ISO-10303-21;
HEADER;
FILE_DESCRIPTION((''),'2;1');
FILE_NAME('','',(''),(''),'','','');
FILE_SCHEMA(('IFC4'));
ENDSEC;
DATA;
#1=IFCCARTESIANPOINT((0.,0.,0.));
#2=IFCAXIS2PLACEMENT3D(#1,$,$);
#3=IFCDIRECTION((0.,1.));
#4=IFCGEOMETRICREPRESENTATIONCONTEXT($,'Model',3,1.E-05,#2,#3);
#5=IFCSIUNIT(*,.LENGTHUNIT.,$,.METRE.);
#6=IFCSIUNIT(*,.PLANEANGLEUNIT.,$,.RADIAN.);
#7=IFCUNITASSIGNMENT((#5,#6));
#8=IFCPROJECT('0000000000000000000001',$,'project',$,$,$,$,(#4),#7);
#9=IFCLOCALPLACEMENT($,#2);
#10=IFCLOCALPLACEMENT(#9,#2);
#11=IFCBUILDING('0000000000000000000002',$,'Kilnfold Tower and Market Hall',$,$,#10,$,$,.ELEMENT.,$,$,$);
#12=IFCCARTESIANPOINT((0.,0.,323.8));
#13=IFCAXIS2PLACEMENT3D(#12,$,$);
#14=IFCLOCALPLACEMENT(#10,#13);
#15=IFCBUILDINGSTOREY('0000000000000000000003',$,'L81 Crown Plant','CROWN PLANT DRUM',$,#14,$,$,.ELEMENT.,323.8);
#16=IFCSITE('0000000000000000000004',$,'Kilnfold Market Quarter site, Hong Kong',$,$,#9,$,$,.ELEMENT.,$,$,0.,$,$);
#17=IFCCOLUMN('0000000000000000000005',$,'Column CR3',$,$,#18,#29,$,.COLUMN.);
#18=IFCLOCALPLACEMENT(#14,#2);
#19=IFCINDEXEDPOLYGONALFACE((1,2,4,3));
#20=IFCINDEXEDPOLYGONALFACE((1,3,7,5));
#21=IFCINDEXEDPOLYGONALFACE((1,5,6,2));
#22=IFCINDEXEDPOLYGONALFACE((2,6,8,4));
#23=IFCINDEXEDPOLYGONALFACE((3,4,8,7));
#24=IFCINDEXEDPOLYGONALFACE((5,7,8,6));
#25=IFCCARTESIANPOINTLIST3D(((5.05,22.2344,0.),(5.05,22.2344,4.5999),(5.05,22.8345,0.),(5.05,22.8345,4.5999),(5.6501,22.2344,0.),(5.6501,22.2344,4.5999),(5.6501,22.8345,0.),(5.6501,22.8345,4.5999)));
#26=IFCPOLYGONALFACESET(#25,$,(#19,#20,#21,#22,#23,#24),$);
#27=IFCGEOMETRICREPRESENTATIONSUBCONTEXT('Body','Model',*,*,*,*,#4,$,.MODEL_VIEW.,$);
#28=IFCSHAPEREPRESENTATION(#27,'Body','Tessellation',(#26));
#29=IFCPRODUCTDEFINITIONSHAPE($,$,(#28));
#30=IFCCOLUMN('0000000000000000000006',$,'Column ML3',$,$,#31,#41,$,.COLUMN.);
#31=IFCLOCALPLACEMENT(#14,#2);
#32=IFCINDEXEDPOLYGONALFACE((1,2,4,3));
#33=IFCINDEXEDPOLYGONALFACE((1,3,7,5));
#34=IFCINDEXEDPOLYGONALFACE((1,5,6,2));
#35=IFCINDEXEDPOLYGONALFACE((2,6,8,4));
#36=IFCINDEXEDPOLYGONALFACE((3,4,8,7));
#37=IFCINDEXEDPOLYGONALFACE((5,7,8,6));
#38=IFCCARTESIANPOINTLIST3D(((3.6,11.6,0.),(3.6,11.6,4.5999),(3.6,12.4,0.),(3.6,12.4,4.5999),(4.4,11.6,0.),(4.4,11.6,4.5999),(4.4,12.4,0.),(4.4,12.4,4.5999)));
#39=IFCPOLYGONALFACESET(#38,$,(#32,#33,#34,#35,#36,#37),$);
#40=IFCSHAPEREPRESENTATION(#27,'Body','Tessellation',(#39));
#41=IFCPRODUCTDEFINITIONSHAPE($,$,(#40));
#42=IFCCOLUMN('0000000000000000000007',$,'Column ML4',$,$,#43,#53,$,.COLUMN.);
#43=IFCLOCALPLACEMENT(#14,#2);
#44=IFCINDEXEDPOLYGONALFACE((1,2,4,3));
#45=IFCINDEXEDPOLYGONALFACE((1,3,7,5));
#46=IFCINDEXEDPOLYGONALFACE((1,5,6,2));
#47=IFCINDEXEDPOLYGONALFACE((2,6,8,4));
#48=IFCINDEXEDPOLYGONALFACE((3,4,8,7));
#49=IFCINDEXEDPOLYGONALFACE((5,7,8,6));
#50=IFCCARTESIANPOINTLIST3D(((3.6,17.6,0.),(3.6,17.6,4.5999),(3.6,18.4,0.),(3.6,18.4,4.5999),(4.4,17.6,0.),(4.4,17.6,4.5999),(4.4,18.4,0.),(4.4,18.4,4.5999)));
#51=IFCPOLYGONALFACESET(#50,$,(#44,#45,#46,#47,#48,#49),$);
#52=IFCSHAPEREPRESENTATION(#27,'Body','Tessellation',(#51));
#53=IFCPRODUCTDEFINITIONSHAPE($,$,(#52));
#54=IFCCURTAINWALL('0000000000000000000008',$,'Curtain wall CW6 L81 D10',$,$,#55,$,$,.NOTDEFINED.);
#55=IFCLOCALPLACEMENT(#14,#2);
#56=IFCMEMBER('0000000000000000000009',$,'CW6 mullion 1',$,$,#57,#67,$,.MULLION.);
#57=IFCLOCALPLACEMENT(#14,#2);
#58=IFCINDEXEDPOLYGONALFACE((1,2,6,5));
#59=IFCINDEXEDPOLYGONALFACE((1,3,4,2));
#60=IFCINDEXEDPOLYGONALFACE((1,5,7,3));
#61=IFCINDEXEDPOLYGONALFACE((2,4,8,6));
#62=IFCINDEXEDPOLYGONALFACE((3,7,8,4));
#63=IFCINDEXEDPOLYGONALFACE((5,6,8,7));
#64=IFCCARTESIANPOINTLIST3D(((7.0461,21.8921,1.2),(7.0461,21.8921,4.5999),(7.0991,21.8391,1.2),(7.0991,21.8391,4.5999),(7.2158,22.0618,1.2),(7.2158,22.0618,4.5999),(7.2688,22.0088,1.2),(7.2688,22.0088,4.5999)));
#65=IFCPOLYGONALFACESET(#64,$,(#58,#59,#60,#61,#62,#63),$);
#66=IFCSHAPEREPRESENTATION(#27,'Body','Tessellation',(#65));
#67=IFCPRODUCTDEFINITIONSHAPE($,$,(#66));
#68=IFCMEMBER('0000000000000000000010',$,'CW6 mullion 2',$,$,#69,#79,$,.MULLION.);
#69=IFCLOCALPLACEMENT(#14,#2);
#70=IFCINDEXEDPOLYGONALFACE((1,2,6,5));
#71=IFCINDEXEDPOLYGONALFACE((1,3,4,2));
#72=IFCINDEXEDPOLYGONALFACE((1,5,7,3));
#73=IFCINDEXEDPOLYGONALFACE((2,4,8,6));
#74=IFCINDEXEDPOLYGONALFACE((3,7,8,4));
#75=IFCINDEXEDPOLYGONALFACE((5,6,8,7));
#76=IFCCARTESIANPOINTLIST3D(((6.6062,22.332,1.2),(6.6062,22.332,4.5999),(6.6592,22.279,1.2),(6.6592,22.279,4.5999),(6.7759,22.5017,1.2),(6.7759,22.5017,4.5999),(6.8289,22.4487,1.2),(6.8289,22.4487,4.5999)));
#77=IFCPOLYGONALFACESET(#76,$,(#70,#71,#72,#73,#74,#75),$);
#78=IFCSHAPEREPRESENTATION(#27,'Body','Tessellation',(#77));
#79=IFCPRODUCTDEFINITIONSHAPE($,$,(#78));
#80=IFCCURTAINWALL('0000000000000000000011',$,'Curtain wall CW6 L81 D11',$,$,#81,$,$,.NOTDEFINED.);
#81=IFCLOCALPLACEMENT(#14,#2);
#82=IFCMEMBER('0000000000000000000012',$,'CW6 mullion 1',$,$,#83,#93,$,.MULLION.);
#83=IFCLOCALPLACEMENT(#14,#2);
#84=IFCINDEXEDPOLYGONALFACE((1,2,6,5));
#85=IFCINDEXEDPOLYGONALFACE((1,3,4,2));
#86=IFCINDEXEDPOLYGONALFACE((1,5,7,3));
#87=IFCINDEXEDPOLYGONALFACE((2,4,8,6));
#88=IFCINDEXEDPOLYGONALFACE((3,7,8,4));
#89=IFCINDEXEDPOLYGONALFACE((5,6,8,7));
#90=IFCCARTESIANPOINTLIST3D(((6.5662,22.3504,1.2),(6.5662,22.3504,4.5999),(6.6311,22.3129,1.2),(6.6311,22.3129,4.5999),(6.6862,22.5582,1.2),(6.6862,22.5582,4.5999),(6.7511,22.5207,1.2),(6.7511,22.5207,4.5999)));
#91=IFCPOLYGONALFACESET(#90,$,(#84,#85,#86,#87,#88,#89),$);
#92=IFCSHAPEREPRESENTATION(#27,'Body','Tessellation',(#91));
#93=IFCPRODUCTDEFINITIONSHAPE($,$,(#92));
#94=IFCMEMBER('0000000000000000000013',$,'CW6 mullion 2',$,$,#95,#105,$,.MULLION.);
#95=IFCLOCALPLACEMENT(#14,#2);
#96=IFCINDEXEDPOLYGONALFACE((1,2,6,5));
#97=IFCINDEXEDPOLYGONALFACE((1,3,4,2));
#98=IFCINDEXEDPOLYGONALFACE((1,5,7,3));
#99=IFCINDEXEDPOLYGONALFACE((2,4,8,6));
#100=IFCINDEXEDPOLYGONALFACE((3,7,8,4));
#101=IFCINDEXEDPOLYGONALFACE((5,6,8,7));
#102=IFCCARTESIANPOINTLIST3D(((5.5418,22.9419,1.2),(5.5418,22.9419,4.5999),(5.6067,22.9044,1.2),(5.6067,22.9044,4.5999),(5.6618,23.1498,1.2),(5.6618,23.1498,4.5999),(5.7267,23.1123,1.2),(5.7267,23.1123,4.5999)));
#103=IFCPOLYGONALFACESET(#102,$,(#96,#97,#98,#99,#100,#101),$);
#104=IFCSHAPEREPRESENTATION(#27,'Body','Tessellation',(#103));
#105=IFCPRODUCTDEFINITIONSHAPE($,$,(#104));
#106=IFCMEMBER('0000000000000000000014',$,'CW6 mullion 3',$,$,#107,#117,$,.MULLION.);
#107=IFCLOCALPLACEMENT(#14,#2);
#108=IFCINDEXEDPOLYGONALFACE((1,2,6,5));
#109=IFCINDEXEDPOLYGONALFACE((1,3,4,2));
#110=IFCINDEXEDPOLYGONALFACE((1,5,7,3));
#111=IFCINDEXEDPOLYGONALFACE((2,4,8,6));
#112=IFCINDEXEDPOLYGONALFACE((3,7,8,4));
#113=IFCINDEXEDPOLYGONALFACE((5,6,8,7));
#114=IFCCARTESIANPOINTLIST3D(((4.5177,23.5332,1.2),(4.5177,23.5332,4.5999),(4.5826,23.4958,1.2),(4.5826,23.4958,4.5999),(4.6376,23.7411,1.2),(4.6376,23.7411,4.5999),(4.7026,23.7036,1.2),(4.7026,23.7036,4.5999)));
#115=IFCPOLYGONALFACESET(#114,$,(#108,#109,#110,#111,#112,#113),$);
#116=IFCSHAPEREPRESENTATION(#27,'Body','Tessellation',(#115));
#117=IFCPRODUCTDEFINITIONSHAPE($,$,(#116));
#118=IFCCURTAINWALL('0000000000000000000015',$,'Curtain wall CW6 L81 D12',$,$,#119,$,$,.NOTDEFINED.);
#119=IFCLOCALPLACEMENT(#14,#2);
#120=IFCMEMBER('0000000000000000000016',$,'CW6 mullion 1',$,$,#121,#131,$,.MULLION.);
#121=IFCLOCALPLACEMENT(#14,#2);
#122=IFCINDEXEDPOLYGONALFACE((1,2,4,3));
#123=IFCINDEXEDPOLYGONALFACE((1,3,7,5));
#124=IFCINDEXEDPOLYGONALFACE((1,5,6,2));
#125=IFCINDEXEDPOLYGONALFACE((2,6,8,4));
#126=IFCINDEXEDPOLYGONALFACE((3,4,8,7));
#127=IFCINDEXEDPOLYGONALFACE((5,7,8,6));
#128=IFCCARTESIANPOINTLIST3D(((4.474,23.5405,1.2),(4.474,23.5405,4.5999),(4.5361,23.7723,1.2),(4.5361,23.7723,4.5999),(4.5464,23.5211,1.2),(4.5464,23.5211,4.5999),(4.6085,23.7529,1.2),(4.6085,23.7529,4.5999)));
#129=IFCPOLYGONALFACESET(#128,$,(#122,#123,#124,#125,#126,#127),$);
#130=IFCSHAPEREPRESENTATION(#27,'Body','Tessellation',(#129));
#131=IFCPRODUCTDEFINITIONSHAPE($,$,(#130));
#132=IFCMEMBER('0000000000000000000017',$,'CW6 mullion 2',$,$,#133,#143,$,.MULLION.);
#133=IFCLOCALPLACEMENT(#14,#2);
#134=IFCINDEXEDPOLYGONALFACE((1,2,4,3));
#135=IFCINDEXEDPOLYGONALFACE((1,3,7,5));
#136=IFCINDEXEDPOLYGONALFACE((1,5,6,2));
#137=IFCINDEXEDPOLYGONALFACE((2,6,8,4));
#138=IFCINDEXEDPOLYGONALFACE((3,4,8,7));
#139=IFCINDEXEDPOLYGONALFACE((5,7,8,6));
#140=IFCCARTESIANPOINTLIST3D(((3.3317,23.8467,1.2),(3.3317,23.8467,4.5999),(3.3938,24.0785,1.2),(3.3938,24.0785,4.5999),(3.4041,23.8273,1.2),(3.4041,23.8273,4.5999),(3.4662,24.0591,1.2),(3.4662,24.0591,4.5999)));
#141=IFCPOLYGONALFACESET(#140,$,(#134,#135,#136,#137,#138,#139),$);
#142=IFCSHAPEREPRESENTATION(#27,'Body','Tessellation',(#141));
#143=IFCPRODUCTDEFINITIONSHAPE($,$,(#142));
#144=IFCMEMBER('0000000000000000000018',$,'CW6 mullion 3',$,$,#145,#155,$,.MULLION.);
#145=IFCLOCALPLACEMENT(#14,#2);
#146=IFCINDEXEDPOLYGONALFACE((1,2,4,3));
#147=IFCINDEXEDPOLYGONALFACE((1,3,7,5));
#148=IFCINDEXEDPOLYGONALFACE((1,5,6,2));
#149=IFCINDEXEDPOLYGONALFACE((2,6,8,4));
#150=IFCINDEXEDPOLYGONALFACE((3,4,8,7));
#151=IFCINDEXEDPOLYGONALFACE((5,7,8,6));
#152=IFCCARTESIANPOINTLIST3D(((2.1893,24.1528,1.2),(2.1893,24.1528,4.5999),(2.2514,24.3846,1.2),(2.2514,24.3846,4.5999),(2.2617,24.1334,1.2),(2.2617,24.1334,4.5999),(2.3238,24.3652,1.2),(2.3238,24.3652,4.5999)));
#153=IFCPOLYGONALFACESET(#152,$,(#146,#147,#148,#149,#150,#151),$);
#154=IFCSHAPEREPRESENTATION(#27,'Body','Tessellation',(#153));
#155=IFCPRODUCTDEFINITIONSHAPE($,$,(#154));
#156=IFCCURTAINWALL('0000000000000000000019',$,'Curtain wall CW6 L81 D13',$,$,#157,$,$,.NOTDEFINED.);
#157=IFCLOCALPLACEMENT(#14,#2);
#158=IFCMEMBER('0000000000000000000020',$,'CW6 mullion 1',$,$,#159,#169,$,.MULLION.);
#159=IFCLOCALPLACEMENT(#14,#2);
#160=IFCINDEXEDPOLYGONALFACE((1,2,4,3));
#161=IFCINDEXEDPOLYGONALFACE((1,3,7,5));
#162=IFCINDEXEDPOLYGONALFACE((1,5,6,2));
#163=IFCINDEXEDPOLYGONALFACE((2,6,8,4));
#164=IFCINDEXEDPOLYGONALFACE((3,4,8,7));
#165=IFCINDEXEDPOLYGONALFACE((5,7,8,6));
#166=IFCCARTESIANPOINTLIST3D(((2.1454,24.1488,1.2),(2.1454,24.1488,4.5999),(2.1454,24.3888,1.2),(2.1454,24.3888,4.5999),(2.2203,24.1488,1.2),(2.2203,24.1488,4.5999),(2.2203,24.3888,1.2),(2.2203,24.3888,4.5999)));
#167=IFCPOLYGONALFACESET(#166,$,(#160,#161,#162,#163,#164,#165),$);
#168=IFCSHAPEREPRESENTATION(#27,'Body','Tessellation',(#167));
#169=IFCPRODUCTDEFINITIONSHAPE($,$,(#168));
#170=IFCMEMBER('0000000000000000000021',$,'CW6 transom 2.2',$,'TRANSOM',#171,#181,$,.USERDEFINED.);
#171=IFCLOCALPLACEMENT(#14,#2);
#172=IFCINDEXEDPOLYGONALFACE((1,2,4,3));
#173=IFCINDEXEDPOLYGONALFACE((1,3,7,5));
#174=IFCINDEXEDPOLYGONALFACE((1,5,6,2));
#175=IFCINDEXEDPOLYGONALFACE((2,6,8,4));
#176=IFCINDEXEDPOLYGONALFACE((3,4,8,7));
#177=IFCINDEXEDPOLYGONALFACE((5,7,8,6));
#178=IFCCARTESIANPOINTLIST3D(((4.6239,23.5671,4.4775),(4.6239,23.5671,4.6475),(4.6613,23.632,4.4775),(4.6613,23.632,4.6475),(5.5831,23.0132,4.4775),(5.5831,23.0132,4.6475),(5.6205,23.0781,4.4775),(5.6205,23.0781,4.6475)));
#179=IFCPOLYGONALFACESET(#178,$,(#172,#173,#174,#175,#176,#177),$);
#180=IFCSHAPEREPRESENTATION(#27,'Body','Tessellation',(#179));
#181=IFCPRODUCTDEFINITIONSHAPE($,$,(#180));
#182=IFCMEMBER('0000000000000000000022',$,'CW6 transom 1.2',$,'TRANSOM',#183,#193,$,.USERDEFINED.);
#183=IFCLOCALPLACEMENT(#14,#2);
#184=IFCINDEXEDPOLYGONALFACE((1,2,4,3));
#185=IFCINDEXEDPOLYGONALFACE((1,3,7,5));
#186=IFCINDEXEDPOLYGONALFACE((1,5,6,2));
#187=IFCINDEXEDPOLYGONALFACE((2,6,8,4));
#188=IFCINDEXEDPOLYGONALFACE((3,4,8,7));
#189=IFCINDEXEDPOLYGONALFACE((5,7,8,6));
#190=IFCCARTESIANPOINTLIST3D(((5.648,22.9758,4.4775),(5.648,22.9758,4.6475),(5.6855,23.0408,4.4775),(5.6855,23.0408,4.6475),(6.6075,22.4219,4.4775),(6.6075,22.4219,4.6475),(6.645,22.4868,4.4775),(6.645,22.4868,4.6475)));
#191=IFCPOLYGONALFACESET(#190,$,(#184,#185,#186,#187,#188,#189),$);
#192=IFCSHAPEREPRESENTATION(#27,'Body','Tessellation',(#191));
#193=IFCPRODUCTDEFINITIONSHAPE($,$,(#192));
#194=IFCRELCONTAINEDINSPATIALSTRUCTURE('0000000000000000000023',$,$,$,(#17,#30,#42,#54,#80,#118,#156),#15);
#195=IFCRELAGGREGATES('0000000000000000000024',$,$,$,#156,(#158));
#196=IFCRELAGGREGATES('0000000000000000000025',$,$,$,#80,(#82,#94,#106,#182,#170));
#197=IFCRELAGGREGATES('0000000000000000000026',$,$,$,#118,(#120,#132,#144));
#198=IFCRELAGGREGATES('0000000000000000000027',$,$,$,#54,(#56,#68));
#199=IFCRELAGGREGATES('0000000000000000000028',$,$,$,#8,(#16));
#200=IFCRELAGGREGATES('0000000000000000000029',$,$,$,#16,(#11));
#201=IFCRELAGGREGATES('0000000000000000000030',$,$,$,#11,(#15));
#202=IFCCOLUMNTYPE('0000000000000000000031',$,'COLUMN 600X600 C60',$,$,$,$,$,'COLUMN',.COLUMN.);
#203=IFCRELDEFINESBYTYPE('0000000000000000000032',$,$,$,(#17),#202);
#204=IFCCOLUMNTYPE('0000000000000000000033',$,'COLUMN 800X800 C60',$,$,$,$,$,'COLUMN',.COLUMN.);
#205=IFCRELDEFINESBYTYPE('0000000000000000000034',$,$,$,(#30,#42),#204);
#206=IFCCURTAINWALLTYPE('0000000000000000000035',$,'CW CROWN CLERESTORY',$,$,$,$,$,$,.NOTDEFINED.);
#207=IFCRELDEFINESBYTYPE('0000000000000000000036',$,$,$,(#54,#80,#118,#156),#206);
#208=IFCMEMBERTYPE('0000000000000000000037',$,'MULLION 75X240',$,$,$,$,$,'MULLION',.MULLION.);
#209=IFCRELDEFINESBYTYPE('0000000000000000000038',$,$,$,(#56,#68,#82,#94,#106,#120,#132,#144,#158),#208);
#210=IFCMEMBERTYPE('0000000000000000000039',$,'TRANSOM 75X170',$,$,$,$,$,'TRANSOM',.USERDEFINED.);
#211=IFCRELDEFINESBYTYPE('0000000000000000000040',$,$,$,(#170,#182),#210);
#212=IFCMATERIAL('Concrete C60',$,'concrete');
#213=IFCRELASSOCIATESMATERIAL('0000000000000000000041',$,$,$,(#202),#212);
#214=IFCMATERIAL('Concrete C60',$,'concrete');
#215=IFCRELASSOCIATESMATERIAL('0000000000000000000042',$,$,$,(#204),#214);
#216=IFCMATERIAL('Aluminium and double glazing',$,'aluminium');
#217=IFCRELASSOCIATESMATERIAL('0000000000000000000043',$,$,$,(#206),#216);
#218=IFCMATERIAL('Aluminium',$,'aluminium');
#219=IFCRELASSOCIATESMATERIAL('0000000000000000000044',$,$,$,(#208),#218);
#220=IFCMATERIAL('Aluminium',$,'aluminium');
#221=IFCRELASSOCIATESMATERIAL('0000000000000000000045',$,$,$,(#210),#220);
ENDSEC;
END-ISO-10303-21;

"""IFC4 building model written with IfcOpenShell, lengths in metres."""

from ifc_helpers import new_model, si_unit, direction, frame, origin, origin_2d, place, context, subcontext, project, spatial, rectangle, extrude, source, transform, mapped, material, material_profile, profile_set, type_object, element, aggregate, save


model = new_model("IFC4")

# Units and contexts
model_context = context("Model", 3, precision=1e-05, world=origin(), true_north=direction((0.0, 1.0)))
body_context = subcontext(model_context, "Body", "Model", "MODEL_VIEW")
ifc_project = project(units=[si_unit("LENGTHUNIT", "METRE"), si_unit("PLANEANGLEUNIT", "RADIAN")], contexts=[model_context])

# Site, building, storey
site_placement = place(None, origin())
site = spatial("IfcSite", under=ifc_project, at=site_placement, Name="Kilnfold Market Quarter site, Hong Kong", CompositionType="ELEMENT", RefElevation=0.0)
building_placement = place(site_placement, origin())
building = spatial("IfcBuilding", under=site, at=building_placement, Name="Kilnfold Tower and Market Hall", CompositionType="ELEMENT")
storey_placement = place(building_placement, frame((0.0, 0.0, 323.8)))
storey = spatial("IfcBuildingStorey", under=building, at=storey_placement, Name="L81 Crown Plant", Description="CROWN PLANT DRUM", CompositionType="ELEMENT", Elevation=323.8)

# Columns
ifc_material_1 = material(Name="Concrete C60", Category="concrete")
ifc_material_profile_1 = material_profile(ifc_material_1, rectangle(XDim=0.6001, YDim=0.6001, at=origin_2d()), Name="RC 600x600")
ifc_profile_set_1 = profile_set([ifc_material_profile_1], Name="Concrete C60")
column_type_1 = type_object("IfcColumnType", Name="COLUMN 600X600 C60", ElementType="COLUMN", PredefinedType="COLUMN", material=ifc_profile_set_1)
shared_shape_1 = source(origin(), body_context, "Body", "SweptSolid", [
    extrude(rectangle(XDim=0.6001, YDim=0.6001, at=origin_2d()), origin(), (0.0, 0.0, 1.0), 4.5999),
])
column_placement = place(storey_placement, frame((5.3501, 22.5344, 0.0), z_axis=(0.0, 0.0, 1.0), x_axis=(1.0, 0.0, 0.0)))
element("IfcColumn", 1, at=column_placement, inside=storey, type_object=column_type_1, Name="Column CR3", PredefinedType="COLUMN", context=body_context, shape_type="MappedRepresentation", body=[
    mapped(shared_shape_1, transform((0.0, 0.0, 0.0))),
])
ifc_material_2 = material(Name="Concrete C60", Category="concrete")
ifc_material_profile_2 = material_profile(ifc_material_2, rectangle(XDim=0.8, YDim=0.8, at=origin_2d()), Name="RC 800x800")
ifc_profile_set_2 = profile_set([ifc_material_profile_2], Name="Concrete C60")
column_type_2 = type_object("IfcColumnType", Name="COLUMN 800X800 C60", ElementType="COLUMN", PredefinedType="COLUMN", material=ifc_profile_set_2)
shared_shape_2 = source(origin(), body_context, "Body", "SweptSolid", [
    extrude(rectangle(XDim=0.8, YDim=0.8, at=origin_2d()), origin(), (0.0, 0.0, 1.0), 4.5999),
])
for number, where, z_axis, x_axis, name in (
    (2, (4.0, 12.0, 0.0), (0.0, 0.0, 1.0), (1.0, 0.0, 0.0), "Column ML3"),
    (3, (4.0, 18.0, 0.0), (0.0, 0.0, 1.0), (1.0, 0.0, 0.0), "Column ML4"),
):
    element("IfcColumn", number, at=place(storey_placement, frame(where, z_axis=z_axis, x_axis=x_axis)), inside=storey, type_object=column_type_2, Name=name, PredefinedType="COLUMN", context=body_context, shape_type="MappedRepresentation", body=[
        mapped(shared_shape_2, transform((0.0, 0.0, 0.0))),
    ])

# Curtain walls, members
ifc_material_3 = material(Name="Aluminium and double glazing", Category="aluminium")
curtain_wall_type = type_object("IfcCurtainWallType", Name="CW CROWN CLERESTORY", PredefinedType="NOTDEFINED", material=ifc_material_3)
curtain_wall_1_placement = place(storey_placement, origin())
curtain_wall_1 = element("IfcCurtainWall", 4, at=curtain_wall_1_placement, inside=storey, type_object=curtain_wall_type, Name="Curtain wall CW6 L81 D10", PredefinedType="NOTDEFINED")
ifc_material_4 = material(Name="Aluminium", Category="aluminium")
ifc_material_profile_3 = material_profile(ifc_material_4, rectangle(XDim=0.075, YDim=0.24, at=origin_2d()), Name="MULLION 75x240")
ifc_profile_set_3 = profile_set([ifc_material_profile_3], Name="Aluminium")
member_type_1 = type_object("IfcMemberType", Name="MULLION 75X240", ElementType="MULLION", PredefinedType="MULLION", material=ifc_profile_set_3)
shared_shape_3 = source(origin(), body_context, "Body", "SweptSolid", [
    extrude(rectangle(XDim=0.075, YDim=0.24, at=origin_2d()), origin(), (0.0, 0.0, 1.0), 3.3999),
])
member_1_placement = place(storey_placement, frame((7.1575, 21.9504, 1.2), z_axis=(0.0, 0.0, 1.0), x_axis=(-0.707035, 0.707178, 0.0)))
member_1 = element("IfcMember", 5, at=member_1_placement, type_object=member_type_1, Name="CW6 mullion 1", PredefinedType="MULLION", context=body_context, shape_type="MappedRepresentation", body=[
    mapped(shared_shape_3, transform((0.0, 0.0, 0.0))),
])
member_2_placement = place(storey_placement, frame((6.7175, 22.3904, 1.2), z_axis=(0.0, 0.0, 1.0), x_axis=(-0.707035, 0.707178, 0.0)))
member_2 = element("IfcMember", 6, at=member_2_placement, type_object=member_type_1, Name="CW6 mullion 2", PredefinedType="MULLION", context=body_context, shape_type="MappedRepresentation", body=[
    mapped(shared_shape_3, transform((0.0, 0.0, 0.0))),
])
curtain_wall_2_placement = place(storey_placement, origin())
curtain_wall_2 = element("IfcCurtainWall", 7, at=curtain_wall_2_placement, inside=storey, type_object=curtain_wall_type, Name="Curtain wall CW6 L81 D11", PredefinedType="NOTDEFINED")
member_3_placement = place(storey_placement, frame((6.6587, 22.4355, 1.2), z_axis=(0.0, 0.0, 1.0), x_axis=(-0.866031, 0.499991, 0.0)))
member_3 = element("IfcMember", 8, at=member_3_placement, type_object=member_type_1, Name="CW6 mullion 1", PredefinedType="MULLION", context=body_context, shape_type="MappedRepresentation", body=[
    mapped(shared_shape_3, transform((0.0, 0.0, 0.0))),
])
member_4_placement = place(storey_placement, frame((5.6343, 23.0271, 1.2), z_axis=(0.0, 0.0, 1.0), x_axis=(-0.866031, 0.499991, 0.0)))
member_4 = element("IfcMember", 9, at=member_4_placement, type_object=member_type_1, Name="CW6 mullion 2", PredefinedType="MULLION", context=body_context, shape_type="MappedRepresentation", body=[
    mapped(shared_shape_3, transform((0.0, 0.0, 0.0))),
])
member_5_placement = place(storey_placement, frame((4.6101, 23.6184, 1.2), z_axis=(0.0, 0.0, 1.0), x_axis=(-0.866031, 0.499991, 0.0)))
member_5 = element("IfcMember", 10, at=member_5_placement, type_object=member_type_1, Name="CW6 mullion 3", PredefinedType="MULLION", context=body_context, shape_type="MappedRepresentation", body=[
    mapped(shared_shape_3, transform((0.0, 0.0, 0.0))),
])
curtain_wall_3_placement = place(storey_placement, origin())
curtain_wall_3 = element("IfcCurtainWall", 11, at=curtain_wall_3_placement, inside=storey, type_object=curtain_wall_type, Name="Curtain wall CW6 L81 D12", PredefinedType="NOTDEFINED")
member_6_placement = place(storey_placement, frame((4.5413, 23.6467, 1.2), z_axis=(0.0, 0.0, 1.0), x_axis=(-0.96593, 0.258805, 0.0)))
member_6 = element("IfcMember", 12, at=member_6_placement, type_object=member_type_1, Name="CW6 mullion 1", PredefinedType="MULLION", context=body_context, shape_type="MappedRepresentation", body=[
    mapped(shared_shape_3, transform((0.0, 0.0, 0.0))),
])
member_7_placement = place(storey_placement, frame((3.3989, 23.9529, 1.2), z_axis=(0.0, 0.0, 1.0), x_axis=(-0.96593, 0.258805, 0.0)))
member_7 = element("IfcMember", 13, at=member_7_placement, type_object=member_type_1, Name="CW6 mullion 2", PredefinedType="MULLION", context=body_context, shape_type="MappedRepresentation", body=[
    mapped(shared_shape_3, transform((0.0, 0.0, 0.0))),
])
member_8_placement = place(storey_placement, frame((2.2566, 24.259, 1.2), z_axis=(0.0, 0.0, 1.0), x_axis=(-0.96593, 0.258805, 0.0)))
member_8 = element("IfcMember", 14, at=member_8_placement, type_object=member_type_1, Name="CW6 mullion 3", PredefinedType="MULLION", context=body_context, shape_type="MappedRepresentation", body=[
    mapped(shared_shape_3, transform((0.0, 0.0, 0.0))),
])

# Curtain wall, member
curtain_wall_4_placement = place(storey_placement, origin())
curtain_wall_4 = element("IfcCurtainWall", 15, at=curtain_wall_4_placement, inside=storey, type_object=curtain_wall_type, Name="Curtain wall CW6 L81 D13", PredefinedType="NOTDEFINED")
member_9_placement = place(storey_placement, frame((2.1829, 24.2688, 1.2), z_axis=(0.0, 0.0, 1.0), x_axis=(-1.0, 0.0, 0.0)))
member_9 = element("IfcMember", 16, at=member_9_placement, type_object=member_type_1, Name="CW6 mullion 1", PredefinedType="MULLION", context=body_context, shape_type="MappedRepresentation", body=[
    mapped(shared_shape_3, transform((0.0, 0.0, 0.0))),
])
aggregate(curtain_wall_4, [member_9])

# Members
ifc_material_5 = material(Name="Aluminium", Category="aluminium")
ifc_material_profile_4 = material_profile(ifc_material_5, rectangle(XDim=0.075, YDim=0.1699, at=origin_2d()), Name="TRANSOM 75x170")
ifc_profile_set_4 = profile_set([ifc_material_profile_4], Name="Aluminium")
member_type_2 = type_object("IfcMemberType", Name="TRANSOM 75X170", ElementType="TRANSOM", PredefinedType="USERDEFINED", material=ifc_profile_set_4)
shared_shape_4 = source(origin(), body_context, "Body", "SweptSolid", [
    extrude(rectangle(XDim=0.075, YDim=0.1699, at=origin_2d()), origin(), (0.0, 0.0, 1.0), 1.1077),
])
member_10_placement = place(storey_placement, frame((5.6018, 23.0457, 4.5625), z_axis=(-0.865969, 0.500098, 0.0), x_axis=(-0.500098, -0.865969, 0.0)))
member_10 = element("IfcMember", 17, at=member_10_placement, type_object=member_type_2, Name="CW6 transom 2.2", ObjectType="TRANSOM", PredefinedType="USERDEFINED", context=body_context, shape_type="MappedRepresentation", body=[
    mapped(shared_shape_4, transform((0.0, 0.0, 0.0))),
])
shared_shape_5 = source(origin(), body_context, "Body", "SweptSolid", [
    extrude(rectangle(XDim=0.075, YDim=0.1699, at=origin_2d()), origin(), (0.0, 0.0, 1.0), 1.1079),
])
member_11_placement = place(storey_placement, frame((6.6262, 22.4543, 4.5625), z_axis=(-0.866024, 0.500002, 0.0), x_axis=(-0.500002, -0.866024, 0.0)))
member_11 = element("IfcMember", 18, at=member_11_placement, type_object=member_type_2, Name="CW6 transom 1.2", ObjectType="TRANSOM", PredefinedType="USERDEFINED", context=body_context, shape_type="MappedRepresentation", body=[
    mapped(shared_shape_5, transform((0.0, 0.0, 0.0))),
])

aggregate(curtain_wall_2, [member_3, member_4, member_5, member_11, member_10])
aggregate(curtain_wall_3, [member_6, member_7, member_8])
aggregate(curtain_wall_1, [member_1, member_2])

save(model, "model.ifc")
